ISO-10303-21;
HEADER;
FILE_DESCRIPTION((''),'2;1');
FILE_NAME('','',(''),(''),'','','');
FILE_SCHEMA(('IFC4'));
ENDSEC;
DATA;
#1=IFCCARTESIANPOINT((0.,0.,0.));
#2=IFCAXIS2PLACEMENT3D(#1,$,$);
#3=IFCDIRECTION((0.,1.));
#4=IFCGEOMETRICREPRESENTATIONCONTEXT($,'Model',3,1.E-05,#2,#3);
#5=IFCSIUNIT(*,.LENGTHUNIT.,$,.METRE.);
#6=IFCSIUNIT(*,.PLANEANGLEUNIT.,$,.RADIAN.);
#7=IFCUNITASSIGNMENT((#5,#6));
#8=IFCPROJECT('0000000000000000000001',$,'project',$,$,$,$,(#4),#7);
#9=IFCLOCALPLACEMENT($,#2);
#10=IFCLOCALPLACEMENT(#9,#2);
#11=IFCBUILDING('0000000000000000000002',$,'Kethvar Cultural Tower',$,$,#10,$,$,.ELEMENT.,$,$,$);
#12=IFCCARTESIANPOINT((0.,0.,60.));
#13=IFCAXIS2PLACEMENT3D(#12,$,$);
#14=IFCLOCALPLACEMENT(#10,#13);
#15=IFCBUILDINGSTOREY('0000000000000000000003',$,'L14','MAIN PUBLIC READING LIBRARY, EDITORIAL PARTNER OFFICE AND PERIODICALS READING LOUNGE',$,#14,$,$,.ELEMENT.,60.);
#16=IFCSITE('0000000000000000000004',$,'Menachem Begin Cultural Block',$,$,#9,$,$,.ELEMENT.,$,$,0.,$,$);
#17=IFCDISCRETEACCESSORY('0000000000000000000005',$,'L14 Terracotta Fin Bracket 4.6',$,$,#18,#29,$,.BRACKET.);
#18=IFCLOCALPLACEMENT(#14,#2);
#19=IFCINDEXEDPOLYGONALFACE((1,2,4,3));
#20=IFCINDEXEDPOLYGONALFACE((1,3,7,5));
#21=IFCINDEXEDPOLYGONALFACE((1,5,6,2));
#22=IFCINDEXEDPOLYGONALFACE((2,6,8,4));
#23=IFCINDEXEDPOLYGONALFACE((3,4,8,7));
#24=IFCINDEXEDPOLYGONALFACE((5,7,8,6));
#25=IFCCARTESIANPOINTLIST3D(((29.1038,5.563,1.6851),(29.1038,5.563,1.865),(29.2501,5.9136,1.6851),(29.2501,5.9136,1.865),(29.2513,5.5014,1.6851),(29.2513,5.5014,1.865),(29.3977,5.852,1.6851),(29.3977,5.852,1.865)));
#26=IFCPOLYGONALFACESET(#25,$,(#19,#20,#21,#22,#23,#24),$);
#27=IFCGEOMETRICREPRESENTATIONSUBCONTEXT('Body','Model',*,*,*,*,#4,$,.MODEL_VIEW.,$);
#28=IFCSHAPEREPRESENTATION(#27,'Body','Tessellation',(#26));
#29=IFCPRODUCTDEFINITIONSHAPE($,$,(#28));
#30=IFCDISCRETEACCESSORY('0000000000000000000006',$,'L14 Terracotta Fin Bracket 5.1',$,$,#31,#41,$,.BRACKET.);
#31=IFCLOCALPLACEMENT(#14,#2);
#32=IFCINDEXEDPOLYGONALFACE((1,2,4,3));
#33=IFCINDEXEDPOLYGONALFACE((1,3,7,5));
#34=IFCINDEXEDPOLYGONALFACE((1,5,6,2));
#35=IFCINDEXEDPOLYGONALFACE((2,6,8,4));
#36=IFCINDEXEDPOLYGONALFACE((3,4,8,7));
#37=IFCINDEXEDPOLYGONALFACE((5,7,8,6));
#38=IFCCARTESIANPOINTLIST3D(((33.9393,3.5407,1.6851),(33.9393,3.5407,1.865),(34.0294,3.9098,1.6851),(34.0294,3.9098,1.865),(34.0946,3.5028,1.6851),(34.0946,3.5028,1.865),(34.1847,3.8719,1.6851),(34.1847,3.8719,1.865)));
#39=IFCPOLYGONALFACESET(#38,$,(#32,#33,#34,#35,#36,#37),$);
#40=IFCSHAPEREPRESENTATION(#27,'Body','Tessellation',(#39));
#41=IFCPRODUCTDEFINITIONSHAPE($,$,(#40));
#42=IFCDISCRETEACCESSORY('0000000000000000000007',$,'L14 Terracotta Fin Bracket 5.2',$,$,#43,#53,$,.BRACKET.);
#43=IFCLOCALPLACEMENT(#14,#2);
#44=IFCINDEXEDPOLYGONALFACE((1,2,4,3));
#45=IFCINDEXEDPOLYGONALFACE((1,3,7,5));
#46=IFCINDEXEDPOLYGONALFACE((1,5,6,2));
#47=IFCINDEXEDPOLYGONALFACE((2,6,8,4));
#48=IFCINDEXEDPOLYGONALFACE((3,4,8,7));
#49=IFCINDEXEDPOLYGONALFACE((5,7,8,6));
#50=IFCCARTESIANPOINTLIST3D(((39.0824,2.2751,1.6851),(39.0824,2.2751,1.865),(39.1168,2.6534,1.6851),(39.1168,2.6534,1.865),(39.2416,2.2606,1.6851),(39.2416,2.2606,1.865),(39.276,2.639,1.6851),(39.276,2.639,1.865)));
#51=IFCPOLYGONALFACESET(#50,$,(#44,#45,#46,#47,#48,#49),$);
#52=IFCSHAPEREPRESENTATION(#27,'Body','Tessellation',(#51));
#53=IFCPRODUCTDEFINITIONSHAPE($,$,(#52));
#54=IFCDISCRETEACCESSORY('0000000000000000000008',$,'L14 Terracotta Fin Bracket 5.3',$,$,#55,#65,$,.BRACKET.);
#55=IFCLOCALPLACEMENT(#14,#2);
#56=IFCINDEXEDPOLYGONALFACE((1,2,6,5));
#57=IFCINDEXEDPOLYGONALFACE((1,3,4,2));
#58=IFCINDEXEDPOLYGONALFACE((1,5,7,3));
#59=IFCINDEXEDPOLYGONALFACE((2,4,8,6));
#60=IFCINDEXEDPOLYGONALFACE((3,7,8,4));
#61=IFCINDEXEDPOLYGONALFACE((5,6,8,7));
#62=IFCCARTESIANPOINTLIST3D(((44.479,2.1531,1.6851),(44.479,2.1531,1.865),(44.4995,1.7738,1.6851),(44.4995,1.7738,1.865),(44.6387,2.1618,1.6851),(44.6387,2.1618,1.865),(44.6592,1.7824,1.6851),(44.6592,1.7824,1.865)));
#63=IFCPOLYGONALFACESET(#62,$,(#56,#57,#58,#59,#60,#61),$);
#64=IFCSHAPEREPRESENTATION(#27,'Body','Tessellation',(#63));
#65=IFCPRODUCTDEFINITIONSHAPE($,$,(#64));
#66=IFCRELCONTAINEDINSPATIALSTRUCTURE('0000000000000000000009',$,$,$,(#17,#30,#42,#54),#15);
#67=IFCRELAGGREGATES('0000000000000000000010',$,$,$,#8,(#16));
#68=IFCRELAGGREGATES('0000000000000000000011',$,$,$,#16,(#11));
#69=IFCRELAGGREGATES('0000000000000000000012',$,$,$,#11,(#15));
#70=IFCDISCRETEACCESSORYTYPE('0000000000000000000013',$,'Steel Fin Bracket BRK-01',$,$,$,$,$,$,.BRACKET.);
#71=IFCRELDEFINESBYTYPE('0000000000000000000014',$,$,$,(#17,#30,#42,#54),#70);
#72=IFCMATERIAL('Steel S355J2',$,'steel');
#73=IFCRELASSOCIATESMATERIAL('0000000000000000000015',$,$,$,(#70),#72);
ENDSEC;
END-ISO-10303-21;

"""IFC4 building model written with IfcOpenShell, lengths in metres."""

from ifc_helpers import new_model, si_unit, direction, frame, origin, origin_2d, place, context, subcontext, project, spatial, rectangle, extrude, source, transform, mapped, material, type_object, element, save


model = new_model("IFC4")

# Units and contexts
model_context = context("Model", 3, precision=1e-05, world=origin(), true_north=direction((0.0, 1.0)))
body_context = subcontext(model_context, "Body", "Model", "MODEL_VIEW")
ifc_project = project(units=[si_unit("LENGTHUNIT", "METRE"), si_unit("PLANEANGLEUNIT", "RADIAN")], contexts=[model_context])

# Site, building, storey
site_placement = place(None, origin())
site = spatial("IfcSite", under=ifc_project, at=site_placement, Name="Menachem Begin Cultural Block", CompositionType="ELEMENT", RefElevation=0.0)
building_placement = place(site_placement, origin())
building = spatial("IfcBuilding", under=site, at=building_placement, Name="Kethvar Cultural Tower", CompositionType="ELEMENT")
storey_placement = place(building_placement, frame((0.0, 0.0, 60.0)))
storey = spatial("IfcBuildingStorey", under=building, at=storey_placement, Name="L14", Description="MAIN PUBLIC READING LIBRARY, EDITORIAL PARTNER OFFICE AND PERIODICALS READING LOUNGE", CompositionType="ELEMENT", Elevation=60.0)

# Shared definitions
ifc_material_1 = material(Name="Steel S355J2", Category="steel")

# Discrete accessories
discrete_accessory_type = type_object("IfcDiscreteAccessoryType", Name="Steel Fin Bracket BRK-01", PredefinedType="BRACKET", material=ifc_material_1)
shared_shape_1 = source(origin(), body_context, "Body", "SweptSolid", [
    extrude(rectangle(XDim=0.3799, YDim=0.1599, at=origin_2d()), origin(), (0.0, 0.0, 1.0), 0.1799),
])
for number, where, z_axis, x_axis, name in (
    (1, (29.2507, 5.7075, 1.6851), (0.0, 0.0, 1.0), (-0.385262, -0.922807, 0.0), "L14 Terracotta Fin Bracket 4.6"),
    (2, (34.062, 3.7063, 1.6851), (0.0, 0.0, 1.0), (-0.237177, -0.971466, 0.0), "L14 Terracotta Fin Bracket 5.1"),
    (3, (39.1792, 2.457, 1.6851), (0.0, 0.0, 1.0), (-0.090459, -0.9959, 0.0), "L14 Terracotta Fin Bracket 5.2"),
    (4, (44.5691, 1.9678, 1.6851), (0.0, 0.0, 1.0), (0.054079, -0.998537, 0.0), "L14 Terracotta Fin Bracket 5.3"),
):
    element("IfcDiscreteAccessory", number, at=place(storey_placement, frame(where, z_axis=z_axis, x_axis=x_axis)), inside=storey, type_object=discrete_accessory_type, Name=name, PredefinedType="BRACKET", context=body_context, shape_type="MappedRepresentation", body=[
        mapped(shared_shape_1, transform((0.0, 0.0, 0.0), scale=1.0)),
    ])

save(model, "model.ifc")
